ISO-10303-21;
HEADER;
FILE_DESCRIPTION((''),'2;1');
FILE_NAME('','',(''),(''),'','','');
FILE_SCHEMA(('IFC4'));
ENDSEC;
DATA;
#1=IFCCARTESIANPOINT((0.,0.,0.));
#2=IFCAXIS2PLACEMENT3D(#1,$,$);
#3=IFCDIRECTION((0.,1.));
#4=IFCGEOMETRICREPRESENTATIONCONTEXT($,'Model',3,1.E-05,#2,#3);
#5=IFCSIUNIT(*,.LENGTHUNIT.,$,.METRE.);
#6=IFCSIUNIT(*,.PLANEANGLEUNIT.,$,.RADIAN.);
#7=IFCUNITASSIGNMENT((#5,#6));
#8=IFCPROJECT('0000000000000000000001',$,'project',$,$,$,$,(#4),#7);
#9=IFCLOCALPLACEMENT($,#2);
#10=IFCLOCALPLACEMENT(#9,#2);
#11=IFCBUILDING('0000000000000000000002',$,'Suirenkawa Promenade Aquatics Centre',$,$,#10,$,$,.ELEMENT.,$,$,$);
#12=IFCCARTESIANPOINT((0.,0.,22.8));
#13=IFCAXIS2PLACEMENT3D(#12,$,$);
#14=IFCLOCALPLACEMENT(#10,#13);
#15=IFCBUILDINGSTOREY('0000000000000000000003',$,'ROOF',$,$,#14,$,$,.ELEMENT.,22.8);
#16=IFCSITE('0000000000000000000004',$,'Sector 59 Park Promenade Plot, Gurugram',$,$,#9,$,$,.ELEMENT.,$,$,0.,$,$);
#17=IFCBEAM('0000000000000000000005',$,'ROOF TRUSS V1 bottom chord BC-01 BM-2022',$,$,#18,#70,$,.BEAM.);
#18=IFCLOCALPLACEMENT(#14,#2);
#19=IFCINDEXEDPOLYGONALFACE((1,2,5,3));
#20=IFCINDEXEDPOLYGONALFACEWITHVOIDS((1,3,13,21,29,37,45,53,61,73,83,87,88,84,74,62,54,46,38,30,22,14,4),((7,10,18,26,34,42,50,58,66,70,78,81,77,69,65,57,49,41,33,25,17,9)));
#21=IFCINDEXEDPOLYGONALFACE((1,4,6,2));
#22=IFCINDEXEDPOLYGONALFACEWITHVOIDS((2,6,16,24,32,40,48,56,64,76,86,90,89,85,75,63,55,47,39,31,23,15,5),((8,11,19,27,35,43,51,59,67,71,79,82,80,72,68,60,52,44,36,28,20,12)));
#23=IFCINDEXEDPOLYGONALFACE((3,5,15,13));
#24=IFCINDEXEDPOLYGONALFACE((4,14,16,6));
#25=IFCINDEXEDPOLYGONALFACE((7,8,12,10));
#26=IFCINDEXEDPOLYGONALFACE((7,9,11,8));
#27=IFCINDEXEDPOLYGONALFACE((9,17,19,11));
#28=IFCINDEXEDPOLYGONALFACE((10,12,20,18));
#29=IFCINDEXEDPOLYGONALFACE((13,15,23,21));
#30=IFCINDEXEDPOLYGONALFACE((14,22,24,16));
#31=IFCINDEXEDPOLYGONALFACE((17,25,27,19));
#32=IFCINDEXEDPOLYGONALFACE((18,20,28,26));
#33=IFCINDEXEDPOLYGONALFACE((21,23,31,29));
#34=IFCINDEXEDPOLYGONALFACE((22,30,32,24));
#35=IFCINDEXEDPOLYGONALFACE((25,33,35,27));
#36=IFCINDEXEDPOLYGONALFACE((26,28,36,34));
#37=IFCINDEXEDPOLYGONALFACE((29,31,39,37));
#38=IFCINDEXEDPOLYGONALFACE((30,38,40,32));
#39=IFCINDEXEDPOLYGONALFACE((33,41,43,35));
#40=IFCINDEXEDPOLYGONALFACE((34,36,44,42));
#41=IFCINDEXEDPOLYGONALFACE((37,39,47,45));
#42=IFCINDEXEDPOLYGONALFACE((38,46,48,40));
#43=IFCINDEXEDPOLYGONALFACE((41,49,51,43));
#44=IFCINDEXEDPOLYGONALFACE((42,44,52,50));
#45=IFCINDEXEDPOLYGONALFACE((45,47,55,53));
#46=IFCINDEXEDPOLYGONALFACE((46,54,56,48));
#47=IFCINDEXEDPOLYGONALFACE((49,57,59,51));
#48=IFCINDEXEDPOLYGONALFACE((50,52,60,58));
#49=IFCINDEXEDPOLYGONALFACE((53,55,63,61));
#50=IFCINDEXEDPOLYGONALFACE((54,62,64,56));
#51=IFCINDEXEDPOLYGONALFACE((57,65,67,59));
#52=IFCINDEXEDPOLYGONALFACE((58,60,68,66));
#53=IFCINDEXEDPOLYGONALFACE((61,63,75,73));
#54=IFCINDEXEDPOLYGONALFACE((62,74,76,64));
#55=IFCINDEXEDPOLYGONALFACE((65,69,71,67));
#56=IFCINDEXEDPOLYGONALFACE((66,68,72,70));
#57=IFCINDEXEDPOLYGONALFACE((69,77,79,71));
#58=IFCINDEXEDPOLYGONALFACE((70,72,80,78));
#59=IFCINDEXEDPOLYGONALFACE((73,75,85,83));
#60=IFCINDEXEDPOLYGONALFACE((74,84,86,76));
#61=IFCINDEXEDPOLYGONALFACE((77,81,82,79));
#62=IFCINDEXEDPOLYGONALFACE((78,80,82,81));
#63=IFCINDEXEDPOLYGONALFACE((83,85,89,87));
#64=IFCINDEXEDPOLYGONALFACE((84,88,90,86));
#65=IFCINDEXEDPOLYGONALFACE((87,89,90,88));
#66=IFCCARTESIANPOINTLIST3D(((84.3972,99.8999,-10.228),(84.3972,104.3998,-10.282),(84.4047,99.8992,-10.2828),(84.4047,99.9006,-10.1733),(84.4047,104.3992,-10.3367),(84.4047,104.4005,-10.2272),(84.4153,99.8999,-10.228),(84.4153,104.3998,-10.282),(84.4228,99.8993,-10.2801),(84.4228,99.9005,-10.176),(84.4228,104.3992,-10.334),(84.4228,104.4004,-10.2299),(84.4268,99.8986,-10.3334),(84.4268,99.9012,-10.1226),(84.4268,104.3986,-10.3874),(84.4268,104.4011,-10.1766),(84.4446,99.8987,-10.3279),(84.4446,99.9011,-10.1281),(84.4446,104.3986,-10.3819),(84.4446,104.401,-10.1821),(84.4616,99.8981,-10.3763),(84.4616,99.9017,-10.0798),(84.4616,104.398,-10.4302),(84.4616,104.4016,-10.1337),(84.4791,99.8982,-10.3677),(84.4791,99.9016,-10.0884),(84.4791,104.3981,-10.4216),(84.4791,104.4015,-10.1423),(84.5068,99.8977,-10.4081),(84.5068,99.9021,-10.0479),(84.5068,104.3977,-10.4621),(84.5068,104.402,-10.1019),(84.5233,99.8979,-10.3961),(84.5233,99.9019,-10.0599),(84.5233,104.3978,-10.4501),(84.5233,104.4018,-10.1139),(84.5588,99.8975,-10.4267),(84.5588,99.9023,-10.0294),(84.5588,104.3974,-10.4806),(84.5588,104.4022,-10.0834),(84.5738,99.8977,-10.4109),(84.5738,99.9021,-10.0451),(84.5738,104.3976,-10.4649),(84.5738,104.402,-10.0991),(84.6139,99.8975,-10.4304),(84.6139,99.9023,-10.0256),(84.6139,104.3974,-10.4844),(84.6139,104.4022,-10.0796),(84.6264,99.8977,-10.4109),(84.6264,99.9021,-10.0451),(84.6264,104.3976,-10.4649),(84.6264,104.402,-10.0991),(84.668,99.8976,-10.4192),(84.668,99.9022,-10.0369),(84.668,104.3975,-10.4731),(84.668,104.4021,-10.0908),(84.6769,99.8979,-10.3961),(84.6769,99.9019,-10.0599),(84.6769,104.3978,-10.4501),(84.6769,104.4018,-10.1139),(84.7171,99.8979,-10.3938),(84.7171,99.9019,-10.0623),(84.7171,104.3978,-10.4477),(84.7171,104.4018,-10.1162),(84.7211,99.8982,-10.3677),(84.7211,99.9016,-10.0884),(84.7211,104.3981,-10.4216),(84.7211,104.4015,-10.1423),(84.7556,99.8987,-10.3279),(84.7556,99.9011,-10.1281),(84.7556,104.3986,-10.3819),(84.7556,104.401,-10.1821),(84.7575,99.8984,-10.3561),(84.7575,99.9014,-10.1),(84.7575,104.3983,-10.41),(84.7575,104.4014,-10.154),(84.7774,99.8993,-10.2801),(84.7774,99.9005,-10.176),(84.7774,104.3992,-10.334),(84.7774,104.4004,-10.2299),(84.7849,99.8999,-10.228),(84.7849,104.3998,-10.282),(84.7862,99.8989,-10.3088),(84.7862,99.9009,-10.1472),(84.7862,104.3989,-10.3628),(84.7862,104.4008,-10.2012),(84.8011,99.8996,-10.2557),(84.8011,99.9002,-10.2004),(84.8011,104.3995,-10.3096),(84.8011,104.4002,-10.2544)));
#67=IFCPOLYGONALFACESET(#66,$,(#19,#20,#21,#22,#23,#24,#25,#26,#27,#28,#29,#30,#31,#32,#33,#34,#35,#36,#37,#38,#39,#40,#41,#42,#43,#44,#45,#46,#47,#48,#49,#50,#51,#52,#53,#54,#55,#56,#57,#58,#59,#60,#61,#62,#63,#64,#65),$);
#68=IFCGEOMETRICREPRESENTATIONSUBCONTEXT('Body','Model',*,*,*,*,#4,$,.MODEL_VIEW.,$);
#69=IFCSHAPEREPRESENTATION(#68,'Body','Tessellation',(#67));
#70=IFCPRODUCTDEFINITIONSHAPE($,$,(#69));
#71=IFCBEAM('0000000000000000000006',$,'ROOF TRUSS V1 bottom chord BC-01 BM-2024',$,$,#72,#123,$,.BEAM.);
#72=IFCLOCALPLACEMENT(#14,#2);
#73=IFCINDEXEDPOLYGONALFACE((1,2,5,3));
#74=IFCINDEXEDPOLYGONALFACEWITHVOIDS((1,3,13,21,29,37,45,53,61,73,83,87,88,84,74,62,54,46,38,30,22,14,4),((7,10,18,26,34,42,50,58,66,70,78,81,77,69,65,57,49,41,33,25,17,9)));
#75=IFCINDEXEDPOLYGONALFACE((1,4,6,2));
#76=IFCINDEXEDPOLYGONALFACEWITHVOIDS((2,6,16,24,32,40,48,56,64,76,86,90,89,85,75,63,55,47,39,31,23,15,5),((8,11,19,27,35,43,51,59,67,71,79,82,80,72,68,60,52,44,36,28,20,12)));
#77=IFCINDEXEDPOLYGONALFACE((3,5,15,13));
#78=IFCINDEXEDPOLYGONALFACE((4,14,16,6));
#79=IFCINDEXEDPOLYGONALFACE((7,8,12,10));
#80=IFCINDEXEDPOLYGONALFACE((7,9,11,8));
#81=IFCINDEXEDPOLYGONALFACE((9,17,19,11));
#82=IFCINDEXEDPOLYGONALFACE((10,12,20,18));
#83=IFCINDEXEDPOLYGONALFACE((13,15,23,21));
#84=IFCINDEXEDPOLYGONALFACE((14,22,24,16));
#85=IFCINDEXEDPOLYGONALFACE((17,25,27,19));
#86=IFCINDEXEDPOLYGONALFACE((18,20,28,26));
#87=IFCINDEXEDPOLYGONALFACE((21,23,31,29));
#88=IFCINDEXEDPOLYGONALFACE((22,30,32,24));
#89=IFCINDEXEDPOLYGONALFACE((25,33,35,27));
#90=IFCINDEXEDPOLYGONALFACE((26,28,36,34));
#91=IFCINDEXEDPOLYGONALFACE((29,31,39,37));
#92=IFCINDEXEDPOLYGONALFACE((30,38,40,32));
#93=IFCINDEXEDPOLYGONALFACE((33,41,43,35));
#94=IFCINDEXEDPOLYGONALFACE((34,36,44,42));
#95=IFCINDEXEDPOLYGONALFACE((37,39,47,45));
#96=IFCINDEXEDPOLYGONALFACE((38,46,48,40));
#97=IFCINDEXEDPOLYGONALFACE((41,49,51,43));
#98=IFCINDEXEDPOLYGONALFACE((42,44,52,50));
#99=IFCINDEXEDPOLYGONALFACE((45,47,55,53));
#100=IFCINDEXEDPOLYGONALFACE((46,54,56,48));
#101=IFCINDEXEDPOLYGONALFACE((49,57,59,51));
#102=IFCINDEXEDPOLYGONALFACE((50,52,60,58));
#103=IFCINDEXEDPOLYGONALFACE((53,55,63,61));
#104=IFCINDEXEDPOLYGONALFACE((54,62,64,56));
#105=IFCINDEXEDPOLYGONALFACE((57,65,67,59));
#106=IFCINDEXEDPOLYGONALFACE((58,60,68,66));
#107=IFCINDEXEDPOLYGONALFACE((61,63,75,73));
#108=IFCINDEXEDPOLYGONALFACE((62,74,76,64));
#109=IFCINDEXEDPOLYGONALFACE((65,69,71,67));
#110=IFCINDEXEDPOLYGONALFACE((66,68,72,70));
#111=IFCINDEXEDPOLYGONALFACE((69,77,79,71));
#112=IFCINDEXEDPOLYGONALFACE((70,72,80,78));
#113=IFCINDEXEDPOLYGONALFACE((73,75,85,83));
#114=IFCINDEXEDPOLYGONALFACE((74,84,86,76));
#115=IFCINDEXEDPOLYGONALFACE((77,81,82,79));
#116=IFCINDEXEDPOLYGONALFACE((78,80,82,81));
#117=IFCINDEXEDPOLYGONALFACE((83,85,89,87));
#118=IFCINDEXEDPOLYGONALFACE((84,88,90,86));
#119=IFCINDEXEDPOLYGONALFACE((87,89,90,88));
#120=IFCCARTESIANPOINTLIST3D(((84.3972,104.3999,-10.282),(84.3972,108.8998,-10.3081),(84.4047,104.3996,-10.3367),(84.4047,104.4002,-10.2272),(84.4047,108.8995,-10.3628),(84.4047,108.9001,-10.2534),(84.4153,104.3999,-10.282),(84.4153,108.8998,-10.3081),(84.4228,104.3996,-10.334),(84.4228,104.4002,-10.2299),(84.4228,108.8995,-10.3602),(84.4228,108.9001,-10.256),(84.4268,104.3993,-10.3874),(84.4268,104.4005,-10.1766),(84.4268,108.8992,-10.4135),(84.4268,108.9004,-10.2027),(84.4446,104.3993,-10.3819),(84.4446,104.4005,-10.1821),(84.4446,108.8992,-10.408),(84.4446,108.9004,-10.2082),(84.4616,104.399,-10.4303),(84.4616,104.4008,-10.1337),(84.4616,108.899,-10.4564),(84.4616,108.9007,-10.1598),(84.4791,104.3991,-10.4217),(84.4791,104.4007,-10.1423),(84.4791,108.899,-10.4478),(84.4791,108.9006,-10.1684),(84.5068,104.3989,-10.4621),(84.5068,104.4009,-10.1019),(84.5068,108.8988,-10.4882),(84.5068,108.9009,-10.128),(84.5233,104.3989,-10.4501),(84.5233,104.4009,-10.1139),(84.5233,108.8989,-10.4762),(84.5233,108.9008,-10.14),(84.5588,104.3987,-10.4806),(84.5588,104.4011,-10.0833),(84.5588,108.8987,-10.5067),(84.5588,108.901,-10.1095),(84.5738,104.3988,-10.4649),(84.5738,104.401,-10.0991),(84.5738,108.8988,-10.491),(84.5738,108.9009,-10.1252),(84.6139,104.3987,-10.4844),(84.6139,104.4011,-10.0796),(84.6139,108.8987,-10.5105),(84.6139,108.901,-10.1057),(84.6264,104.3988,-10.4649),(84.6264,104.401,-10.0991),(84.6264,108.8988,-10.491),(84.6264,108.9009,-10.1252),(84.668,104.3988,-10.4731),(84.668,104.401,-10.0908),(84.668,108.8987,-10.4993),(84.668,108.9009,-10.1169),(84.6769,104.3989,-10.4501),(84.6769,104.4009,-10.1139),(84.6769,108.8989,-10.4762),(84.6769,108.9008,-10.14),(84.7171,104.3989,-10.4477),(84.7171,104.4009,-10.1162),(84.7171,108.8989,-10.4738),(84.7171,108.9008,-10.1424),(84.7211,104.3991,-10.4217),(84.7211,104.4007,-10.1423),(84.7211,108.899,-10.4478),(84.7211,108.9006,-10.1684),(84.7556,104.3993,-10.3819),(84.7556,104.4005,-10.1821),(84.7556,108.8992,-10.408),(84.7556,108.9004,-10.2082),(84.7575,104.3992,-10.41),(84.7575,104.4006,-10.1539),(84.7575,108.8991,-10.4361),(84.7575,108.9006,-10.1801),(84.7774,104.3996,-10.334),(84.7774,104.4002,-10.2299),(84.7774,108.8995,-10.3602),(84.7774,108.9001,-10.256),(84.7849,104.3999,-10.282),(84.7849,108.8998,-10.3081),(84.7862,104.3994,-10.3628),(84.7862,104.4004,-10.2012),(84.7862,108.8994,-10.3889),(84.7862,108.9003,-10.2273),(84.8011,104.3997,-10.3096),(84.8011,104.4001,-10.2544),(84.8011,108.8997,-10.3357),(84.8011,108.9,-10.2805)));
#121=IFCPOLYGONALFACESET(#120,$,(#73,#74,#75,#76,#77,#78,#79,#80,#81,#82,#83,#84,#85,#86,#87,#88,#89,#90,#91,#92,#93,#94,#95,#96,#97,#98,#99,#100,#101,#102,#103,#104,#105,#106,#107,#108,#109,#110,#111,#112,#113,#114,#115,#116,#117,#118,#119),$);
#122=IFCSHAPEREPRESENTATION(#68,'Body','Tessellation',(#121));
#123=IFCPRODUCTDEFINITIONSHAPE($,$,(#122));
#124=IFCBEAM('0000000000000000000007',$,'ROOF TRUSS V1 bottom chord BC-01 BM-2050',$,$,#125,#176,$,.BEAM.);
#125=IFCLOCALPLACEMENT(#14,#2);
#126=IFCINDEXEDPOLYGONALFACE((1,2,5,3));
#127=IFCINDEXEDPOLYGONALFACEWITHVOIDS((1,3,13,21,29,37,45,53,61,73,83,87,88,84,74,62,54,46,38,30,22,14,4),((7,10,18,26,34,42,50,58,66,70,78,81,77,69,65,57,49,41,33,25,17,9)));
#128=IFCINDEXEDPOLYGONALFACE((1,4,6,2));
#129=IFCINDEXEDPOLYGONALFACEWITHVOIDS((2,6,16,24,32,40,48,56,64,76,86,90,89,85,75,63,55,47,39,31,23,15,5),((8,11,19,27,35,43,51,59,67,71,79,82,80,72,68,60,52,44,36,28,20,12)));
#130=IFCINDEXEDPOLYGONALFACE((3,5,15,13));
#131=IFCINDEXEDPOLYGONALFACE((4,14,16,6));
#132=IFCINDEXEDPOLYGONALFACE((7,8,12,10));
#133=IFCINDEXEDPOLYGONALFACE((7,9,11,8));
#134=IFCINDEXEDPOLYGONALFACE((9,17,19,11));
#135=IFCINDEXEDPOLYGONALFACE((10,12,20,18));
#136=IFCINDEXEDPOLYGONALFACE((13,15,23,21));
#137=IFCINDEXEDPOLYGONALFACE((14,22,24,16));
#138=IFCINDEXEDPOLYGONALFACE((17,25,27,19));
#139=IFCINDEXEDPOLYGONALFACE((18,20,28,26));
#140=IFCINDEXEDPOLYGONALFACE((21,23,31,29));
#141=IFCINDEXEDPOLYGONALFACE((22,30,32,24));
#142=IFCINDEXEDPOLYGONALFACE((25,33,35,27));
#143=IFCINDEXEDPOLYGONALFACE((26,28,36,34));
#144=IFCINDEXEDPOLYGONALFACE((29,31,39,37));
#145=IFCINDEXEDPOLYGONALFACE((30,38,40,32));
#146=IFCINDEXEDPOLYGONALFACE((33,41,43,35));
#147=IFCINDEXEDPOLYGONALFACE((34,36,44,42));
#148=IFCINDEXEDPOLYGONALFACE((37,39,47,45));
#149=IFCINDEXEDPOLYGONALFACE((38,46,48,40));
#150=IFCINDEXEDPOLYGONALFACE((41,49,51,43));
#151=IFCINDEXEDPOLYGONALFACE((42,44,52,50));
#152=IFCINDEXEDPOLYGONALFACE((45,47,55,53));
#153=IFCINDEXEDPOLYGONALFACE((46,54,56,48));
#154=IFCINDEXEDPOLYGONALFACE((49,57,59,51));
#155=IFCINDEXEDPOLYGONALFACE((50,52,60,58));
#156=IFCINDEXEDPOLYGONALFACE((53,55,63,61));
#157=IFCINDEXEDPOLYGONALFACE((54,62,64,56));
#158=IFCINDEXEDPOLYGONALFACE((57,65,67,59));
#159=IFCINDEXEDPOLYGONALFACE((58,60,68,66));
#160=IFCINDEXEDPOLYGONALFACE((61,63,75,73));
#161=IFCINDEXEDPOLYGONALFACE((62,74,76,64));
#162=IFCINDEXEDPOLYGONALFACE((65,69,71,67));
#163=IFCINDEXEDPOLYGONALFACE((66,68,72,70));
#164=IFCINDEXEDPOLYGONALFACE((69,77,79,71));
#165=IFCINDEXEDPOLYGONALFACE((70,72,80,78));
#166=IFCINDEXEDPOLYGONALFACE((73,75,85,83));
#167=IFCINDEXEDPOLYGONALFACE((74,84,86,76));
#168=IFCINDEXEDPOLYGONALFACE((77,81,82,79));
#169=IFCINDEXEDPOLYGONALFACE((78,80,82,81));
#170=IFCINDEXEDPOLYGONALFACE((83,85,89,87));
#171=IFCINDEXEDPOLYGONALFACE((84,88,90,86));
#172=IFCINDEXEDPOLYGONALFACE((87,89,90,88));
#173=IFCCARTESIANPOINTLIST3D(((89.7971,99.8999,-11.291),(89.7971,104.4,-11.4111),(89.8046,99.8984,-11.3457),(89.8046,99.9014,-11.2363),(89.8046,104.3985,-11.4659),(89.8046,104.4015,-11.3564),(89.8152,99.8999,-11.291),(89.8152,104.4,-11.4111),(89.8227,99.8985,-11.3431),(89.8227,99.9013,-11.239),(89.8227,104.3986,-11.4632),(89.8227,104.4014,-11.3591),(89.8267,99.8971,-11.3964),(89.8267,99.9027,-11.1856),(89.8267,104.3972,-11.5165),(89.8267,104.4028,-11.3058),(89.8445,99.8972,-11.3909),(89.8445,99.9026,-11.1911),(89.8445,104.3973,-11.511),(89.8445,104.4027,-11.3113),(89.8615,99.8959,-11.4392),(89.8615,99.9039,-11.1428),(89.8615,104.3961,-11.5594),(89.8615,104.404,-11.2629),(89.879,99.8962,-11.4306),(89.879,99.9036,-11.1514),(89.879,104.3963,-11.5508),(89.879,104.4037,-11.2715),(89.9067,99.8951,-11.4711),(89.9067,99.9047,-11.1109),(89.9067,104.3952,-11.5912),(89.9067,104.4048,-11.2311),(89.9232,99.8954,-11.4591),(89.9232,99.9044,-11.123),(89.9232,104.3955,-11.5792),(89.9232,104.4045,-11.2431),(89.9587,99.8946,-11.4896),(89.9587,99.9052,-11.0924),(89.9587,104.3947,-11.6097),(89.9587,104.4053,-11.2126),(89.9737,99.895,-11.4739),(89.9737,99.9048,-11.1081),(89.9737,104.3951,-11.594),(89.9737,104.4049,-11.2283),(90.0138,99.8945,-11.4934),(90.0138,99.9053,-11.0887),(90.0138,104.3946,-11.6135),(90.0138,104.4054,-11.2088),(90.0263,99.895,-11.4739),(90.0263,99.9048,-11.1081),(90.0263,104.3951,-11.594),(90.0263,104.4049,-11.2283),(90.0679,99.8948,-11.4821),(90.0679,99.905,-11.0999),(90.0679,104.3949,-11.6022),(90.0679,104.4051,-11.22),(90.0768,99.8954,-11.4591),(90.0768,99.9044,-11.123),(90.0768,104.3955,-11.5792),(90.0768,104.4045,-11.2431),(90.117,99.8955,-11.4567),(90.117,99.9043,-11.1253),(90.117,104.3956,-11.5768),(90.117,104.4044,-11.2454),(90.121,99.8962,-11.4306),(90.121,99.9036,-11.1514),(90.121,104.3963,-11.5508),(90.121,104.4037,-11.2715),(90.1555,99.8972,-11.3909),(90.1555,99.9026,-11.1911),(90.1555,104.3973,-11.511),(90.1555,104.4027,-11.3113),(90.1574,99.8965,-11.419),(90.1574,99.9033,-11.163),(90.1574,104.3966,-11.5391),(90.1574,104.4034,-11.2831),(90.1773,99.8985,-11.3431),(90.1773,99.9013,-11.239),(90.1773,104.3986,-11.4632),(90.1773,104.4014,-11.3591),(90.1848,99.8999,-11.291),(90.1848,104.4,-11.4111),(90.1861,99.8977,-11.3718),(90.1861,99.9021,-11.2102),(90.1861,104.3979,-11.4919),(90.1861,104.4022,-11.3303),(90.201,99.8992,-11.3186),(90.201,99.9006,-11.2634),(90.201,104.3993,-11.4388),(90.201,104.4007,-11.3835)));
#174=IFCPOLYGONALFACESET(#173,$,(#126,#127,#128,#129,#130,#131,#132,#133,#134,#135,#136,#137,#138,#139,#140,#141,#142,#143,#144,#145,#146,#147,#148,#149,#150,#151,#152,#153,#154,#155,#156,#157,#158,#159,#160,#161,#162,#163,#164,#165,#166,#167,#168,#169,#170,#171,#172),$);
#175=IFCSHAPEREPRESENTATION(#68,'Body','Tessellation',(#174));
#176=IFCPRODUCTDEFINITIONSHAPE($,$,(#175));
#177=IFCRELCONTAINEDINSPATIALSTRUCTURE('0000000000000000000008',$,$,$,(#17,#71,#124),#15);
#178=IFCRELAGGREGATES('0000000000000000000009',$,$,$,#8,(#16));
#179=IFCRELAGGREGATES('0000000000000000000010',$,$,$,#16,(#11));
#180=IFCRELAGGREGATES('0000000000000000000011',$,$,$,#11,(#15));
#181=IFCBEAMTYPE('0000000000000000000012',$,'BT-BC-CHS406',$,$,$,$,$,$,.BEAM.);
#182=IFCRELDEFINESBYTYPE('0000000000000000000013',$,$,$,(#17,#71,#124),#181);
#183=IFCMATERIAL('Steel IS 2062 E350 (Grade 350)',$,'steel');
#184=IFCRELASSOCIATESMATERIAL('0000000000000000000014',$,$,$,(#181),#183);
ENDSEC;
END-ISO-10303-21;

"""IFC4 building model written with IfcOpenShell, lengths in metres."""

from ifc_helpers import new_model, si_unit, direction, frame, origin, origin_2d, place, context, subcontext, project, spatial, hollow_circle, extrude, material, material_profile, profile_set, type_object, element, save


model = new_model("IFC4")

# Units and contexts
model_context = context("Model", 3, precision=1e-05, world=origin(), true_north=direction((0.0, 1.0)))
body_context = subcontext(model_context, "Body", "Model", "MODEL_VIEW")
ifc_project = project(units=[si_unit("LENGTHUNIT", "METRE"), si_unit("PLANEANGLEUNIT", "RADIAN")], contexts=[model_context])

# Site, building, storey
site_placement = place(None, origin())
site = spatial("IfcSite", under=ifc_project, at=site_placement, Name="Sector 59 Park Promenade Plot, Gurugram", CompositionType="ELEMENT", RefElevation=0.0)
building_placement = place(site_placement, origin())
building = spatial("IfcBuilding", under=site, at=building_placement, Name="Suirenkawa Promenade Aquatics Centre", CompositionType="ELEMENT")
storey_placement = place(building_placement, frame((0.0, 0.0, 22.8)))
storey = spatial("IfcBuildingStorey", under=building, at=storey_placement, Name="ROOF", CompositionType="ELEMENT", Elevation=22.8)

# Beams
ifc_material_1 = material(Name="Steel IS 2062 E350 (Grade 350)", Category="steel")
ifc_material_profile_1 = material_profile(ifc_material_1, hollow_circle(Radius=0.2029, WallThickness=0.0181, at=origin_2d()), Name="CHS 406x18", Category="steel")
ifc_profile_set_1 = profile_set([ifc_material_profile_1], Name="Steel IS 2062 E350 (Grade 350)")
beam_type_1 = type_object("IfcBeamType", Name="BT-BC-CHS406", PredefinedType="BEAM", material=ifc_profile_set_1)
beam_1_placement = place(storey_placement, frame((84.6001, 99.8999, -10.228), z_axis=(0.0, 0.999928, -0.011989), x_axis=(-1.0, 0.0, 0.0)))
element("IfcBeam", 1, at=beam_1_placement, inside=storey, type_object=beam_type_1, Name="ROOF TRUSS V1 bottom chord BC-01 BM-2022", PredefinedType="BEAM", context=body_context, shape_type="SweptSolid", body=[
    extrude(hollow_circle(Radius=0.2029, WallThickness=0.0181, at=origin_2d()), origin(), (0.0, 0.0, 1.0), 4.5002),
])
beam_2_placement = place(storey_placement, frame((84.6001, 104.3999, -10.282), z_axis=(0.0, 0.999983, -0.005805), x_axis=(-1.0, 0.0, 0.0)))
element("IfcBeam", 2, at=beam_2_placement, inside=storey, type_object=beam_type_1, Name="ROOF TRUSS V1 bottom chord BC-01 BM-2024", PredefinedType="BEAM", context=body_context, shape_type="SweptSolid", body=[
    extrude(hollow_circle(Radius=0.2029, WallThickness=0.0181, at=origin_2d()), origin(), (0.0, 0.0, 1.0), 4.5),
])
beam_3_placement = place(storey_placement, frame((90.0, 99.8999, -11.291), z_axis=(0.0, 0.999644, -0.026683), x_axis=(-1.0, 0.0, 0.0)))
element("IfcBeam", 3, at=beam_3_placement, inside=storey, type_object=beam_type_1, Name="ROOF TRUSS V1 bottom chord BC-01 BM-2050", PredefinedType="BEAM", context=body_context, shape_type="SweptSolid", body=[
    extrude(hollow_circle(Radius=0.2029, WallThickness=0.0181, at=origin_2d()), origin(), (0.0, 0.0, 1.0), 4.5017),
])

save(model, "model.ifc")
